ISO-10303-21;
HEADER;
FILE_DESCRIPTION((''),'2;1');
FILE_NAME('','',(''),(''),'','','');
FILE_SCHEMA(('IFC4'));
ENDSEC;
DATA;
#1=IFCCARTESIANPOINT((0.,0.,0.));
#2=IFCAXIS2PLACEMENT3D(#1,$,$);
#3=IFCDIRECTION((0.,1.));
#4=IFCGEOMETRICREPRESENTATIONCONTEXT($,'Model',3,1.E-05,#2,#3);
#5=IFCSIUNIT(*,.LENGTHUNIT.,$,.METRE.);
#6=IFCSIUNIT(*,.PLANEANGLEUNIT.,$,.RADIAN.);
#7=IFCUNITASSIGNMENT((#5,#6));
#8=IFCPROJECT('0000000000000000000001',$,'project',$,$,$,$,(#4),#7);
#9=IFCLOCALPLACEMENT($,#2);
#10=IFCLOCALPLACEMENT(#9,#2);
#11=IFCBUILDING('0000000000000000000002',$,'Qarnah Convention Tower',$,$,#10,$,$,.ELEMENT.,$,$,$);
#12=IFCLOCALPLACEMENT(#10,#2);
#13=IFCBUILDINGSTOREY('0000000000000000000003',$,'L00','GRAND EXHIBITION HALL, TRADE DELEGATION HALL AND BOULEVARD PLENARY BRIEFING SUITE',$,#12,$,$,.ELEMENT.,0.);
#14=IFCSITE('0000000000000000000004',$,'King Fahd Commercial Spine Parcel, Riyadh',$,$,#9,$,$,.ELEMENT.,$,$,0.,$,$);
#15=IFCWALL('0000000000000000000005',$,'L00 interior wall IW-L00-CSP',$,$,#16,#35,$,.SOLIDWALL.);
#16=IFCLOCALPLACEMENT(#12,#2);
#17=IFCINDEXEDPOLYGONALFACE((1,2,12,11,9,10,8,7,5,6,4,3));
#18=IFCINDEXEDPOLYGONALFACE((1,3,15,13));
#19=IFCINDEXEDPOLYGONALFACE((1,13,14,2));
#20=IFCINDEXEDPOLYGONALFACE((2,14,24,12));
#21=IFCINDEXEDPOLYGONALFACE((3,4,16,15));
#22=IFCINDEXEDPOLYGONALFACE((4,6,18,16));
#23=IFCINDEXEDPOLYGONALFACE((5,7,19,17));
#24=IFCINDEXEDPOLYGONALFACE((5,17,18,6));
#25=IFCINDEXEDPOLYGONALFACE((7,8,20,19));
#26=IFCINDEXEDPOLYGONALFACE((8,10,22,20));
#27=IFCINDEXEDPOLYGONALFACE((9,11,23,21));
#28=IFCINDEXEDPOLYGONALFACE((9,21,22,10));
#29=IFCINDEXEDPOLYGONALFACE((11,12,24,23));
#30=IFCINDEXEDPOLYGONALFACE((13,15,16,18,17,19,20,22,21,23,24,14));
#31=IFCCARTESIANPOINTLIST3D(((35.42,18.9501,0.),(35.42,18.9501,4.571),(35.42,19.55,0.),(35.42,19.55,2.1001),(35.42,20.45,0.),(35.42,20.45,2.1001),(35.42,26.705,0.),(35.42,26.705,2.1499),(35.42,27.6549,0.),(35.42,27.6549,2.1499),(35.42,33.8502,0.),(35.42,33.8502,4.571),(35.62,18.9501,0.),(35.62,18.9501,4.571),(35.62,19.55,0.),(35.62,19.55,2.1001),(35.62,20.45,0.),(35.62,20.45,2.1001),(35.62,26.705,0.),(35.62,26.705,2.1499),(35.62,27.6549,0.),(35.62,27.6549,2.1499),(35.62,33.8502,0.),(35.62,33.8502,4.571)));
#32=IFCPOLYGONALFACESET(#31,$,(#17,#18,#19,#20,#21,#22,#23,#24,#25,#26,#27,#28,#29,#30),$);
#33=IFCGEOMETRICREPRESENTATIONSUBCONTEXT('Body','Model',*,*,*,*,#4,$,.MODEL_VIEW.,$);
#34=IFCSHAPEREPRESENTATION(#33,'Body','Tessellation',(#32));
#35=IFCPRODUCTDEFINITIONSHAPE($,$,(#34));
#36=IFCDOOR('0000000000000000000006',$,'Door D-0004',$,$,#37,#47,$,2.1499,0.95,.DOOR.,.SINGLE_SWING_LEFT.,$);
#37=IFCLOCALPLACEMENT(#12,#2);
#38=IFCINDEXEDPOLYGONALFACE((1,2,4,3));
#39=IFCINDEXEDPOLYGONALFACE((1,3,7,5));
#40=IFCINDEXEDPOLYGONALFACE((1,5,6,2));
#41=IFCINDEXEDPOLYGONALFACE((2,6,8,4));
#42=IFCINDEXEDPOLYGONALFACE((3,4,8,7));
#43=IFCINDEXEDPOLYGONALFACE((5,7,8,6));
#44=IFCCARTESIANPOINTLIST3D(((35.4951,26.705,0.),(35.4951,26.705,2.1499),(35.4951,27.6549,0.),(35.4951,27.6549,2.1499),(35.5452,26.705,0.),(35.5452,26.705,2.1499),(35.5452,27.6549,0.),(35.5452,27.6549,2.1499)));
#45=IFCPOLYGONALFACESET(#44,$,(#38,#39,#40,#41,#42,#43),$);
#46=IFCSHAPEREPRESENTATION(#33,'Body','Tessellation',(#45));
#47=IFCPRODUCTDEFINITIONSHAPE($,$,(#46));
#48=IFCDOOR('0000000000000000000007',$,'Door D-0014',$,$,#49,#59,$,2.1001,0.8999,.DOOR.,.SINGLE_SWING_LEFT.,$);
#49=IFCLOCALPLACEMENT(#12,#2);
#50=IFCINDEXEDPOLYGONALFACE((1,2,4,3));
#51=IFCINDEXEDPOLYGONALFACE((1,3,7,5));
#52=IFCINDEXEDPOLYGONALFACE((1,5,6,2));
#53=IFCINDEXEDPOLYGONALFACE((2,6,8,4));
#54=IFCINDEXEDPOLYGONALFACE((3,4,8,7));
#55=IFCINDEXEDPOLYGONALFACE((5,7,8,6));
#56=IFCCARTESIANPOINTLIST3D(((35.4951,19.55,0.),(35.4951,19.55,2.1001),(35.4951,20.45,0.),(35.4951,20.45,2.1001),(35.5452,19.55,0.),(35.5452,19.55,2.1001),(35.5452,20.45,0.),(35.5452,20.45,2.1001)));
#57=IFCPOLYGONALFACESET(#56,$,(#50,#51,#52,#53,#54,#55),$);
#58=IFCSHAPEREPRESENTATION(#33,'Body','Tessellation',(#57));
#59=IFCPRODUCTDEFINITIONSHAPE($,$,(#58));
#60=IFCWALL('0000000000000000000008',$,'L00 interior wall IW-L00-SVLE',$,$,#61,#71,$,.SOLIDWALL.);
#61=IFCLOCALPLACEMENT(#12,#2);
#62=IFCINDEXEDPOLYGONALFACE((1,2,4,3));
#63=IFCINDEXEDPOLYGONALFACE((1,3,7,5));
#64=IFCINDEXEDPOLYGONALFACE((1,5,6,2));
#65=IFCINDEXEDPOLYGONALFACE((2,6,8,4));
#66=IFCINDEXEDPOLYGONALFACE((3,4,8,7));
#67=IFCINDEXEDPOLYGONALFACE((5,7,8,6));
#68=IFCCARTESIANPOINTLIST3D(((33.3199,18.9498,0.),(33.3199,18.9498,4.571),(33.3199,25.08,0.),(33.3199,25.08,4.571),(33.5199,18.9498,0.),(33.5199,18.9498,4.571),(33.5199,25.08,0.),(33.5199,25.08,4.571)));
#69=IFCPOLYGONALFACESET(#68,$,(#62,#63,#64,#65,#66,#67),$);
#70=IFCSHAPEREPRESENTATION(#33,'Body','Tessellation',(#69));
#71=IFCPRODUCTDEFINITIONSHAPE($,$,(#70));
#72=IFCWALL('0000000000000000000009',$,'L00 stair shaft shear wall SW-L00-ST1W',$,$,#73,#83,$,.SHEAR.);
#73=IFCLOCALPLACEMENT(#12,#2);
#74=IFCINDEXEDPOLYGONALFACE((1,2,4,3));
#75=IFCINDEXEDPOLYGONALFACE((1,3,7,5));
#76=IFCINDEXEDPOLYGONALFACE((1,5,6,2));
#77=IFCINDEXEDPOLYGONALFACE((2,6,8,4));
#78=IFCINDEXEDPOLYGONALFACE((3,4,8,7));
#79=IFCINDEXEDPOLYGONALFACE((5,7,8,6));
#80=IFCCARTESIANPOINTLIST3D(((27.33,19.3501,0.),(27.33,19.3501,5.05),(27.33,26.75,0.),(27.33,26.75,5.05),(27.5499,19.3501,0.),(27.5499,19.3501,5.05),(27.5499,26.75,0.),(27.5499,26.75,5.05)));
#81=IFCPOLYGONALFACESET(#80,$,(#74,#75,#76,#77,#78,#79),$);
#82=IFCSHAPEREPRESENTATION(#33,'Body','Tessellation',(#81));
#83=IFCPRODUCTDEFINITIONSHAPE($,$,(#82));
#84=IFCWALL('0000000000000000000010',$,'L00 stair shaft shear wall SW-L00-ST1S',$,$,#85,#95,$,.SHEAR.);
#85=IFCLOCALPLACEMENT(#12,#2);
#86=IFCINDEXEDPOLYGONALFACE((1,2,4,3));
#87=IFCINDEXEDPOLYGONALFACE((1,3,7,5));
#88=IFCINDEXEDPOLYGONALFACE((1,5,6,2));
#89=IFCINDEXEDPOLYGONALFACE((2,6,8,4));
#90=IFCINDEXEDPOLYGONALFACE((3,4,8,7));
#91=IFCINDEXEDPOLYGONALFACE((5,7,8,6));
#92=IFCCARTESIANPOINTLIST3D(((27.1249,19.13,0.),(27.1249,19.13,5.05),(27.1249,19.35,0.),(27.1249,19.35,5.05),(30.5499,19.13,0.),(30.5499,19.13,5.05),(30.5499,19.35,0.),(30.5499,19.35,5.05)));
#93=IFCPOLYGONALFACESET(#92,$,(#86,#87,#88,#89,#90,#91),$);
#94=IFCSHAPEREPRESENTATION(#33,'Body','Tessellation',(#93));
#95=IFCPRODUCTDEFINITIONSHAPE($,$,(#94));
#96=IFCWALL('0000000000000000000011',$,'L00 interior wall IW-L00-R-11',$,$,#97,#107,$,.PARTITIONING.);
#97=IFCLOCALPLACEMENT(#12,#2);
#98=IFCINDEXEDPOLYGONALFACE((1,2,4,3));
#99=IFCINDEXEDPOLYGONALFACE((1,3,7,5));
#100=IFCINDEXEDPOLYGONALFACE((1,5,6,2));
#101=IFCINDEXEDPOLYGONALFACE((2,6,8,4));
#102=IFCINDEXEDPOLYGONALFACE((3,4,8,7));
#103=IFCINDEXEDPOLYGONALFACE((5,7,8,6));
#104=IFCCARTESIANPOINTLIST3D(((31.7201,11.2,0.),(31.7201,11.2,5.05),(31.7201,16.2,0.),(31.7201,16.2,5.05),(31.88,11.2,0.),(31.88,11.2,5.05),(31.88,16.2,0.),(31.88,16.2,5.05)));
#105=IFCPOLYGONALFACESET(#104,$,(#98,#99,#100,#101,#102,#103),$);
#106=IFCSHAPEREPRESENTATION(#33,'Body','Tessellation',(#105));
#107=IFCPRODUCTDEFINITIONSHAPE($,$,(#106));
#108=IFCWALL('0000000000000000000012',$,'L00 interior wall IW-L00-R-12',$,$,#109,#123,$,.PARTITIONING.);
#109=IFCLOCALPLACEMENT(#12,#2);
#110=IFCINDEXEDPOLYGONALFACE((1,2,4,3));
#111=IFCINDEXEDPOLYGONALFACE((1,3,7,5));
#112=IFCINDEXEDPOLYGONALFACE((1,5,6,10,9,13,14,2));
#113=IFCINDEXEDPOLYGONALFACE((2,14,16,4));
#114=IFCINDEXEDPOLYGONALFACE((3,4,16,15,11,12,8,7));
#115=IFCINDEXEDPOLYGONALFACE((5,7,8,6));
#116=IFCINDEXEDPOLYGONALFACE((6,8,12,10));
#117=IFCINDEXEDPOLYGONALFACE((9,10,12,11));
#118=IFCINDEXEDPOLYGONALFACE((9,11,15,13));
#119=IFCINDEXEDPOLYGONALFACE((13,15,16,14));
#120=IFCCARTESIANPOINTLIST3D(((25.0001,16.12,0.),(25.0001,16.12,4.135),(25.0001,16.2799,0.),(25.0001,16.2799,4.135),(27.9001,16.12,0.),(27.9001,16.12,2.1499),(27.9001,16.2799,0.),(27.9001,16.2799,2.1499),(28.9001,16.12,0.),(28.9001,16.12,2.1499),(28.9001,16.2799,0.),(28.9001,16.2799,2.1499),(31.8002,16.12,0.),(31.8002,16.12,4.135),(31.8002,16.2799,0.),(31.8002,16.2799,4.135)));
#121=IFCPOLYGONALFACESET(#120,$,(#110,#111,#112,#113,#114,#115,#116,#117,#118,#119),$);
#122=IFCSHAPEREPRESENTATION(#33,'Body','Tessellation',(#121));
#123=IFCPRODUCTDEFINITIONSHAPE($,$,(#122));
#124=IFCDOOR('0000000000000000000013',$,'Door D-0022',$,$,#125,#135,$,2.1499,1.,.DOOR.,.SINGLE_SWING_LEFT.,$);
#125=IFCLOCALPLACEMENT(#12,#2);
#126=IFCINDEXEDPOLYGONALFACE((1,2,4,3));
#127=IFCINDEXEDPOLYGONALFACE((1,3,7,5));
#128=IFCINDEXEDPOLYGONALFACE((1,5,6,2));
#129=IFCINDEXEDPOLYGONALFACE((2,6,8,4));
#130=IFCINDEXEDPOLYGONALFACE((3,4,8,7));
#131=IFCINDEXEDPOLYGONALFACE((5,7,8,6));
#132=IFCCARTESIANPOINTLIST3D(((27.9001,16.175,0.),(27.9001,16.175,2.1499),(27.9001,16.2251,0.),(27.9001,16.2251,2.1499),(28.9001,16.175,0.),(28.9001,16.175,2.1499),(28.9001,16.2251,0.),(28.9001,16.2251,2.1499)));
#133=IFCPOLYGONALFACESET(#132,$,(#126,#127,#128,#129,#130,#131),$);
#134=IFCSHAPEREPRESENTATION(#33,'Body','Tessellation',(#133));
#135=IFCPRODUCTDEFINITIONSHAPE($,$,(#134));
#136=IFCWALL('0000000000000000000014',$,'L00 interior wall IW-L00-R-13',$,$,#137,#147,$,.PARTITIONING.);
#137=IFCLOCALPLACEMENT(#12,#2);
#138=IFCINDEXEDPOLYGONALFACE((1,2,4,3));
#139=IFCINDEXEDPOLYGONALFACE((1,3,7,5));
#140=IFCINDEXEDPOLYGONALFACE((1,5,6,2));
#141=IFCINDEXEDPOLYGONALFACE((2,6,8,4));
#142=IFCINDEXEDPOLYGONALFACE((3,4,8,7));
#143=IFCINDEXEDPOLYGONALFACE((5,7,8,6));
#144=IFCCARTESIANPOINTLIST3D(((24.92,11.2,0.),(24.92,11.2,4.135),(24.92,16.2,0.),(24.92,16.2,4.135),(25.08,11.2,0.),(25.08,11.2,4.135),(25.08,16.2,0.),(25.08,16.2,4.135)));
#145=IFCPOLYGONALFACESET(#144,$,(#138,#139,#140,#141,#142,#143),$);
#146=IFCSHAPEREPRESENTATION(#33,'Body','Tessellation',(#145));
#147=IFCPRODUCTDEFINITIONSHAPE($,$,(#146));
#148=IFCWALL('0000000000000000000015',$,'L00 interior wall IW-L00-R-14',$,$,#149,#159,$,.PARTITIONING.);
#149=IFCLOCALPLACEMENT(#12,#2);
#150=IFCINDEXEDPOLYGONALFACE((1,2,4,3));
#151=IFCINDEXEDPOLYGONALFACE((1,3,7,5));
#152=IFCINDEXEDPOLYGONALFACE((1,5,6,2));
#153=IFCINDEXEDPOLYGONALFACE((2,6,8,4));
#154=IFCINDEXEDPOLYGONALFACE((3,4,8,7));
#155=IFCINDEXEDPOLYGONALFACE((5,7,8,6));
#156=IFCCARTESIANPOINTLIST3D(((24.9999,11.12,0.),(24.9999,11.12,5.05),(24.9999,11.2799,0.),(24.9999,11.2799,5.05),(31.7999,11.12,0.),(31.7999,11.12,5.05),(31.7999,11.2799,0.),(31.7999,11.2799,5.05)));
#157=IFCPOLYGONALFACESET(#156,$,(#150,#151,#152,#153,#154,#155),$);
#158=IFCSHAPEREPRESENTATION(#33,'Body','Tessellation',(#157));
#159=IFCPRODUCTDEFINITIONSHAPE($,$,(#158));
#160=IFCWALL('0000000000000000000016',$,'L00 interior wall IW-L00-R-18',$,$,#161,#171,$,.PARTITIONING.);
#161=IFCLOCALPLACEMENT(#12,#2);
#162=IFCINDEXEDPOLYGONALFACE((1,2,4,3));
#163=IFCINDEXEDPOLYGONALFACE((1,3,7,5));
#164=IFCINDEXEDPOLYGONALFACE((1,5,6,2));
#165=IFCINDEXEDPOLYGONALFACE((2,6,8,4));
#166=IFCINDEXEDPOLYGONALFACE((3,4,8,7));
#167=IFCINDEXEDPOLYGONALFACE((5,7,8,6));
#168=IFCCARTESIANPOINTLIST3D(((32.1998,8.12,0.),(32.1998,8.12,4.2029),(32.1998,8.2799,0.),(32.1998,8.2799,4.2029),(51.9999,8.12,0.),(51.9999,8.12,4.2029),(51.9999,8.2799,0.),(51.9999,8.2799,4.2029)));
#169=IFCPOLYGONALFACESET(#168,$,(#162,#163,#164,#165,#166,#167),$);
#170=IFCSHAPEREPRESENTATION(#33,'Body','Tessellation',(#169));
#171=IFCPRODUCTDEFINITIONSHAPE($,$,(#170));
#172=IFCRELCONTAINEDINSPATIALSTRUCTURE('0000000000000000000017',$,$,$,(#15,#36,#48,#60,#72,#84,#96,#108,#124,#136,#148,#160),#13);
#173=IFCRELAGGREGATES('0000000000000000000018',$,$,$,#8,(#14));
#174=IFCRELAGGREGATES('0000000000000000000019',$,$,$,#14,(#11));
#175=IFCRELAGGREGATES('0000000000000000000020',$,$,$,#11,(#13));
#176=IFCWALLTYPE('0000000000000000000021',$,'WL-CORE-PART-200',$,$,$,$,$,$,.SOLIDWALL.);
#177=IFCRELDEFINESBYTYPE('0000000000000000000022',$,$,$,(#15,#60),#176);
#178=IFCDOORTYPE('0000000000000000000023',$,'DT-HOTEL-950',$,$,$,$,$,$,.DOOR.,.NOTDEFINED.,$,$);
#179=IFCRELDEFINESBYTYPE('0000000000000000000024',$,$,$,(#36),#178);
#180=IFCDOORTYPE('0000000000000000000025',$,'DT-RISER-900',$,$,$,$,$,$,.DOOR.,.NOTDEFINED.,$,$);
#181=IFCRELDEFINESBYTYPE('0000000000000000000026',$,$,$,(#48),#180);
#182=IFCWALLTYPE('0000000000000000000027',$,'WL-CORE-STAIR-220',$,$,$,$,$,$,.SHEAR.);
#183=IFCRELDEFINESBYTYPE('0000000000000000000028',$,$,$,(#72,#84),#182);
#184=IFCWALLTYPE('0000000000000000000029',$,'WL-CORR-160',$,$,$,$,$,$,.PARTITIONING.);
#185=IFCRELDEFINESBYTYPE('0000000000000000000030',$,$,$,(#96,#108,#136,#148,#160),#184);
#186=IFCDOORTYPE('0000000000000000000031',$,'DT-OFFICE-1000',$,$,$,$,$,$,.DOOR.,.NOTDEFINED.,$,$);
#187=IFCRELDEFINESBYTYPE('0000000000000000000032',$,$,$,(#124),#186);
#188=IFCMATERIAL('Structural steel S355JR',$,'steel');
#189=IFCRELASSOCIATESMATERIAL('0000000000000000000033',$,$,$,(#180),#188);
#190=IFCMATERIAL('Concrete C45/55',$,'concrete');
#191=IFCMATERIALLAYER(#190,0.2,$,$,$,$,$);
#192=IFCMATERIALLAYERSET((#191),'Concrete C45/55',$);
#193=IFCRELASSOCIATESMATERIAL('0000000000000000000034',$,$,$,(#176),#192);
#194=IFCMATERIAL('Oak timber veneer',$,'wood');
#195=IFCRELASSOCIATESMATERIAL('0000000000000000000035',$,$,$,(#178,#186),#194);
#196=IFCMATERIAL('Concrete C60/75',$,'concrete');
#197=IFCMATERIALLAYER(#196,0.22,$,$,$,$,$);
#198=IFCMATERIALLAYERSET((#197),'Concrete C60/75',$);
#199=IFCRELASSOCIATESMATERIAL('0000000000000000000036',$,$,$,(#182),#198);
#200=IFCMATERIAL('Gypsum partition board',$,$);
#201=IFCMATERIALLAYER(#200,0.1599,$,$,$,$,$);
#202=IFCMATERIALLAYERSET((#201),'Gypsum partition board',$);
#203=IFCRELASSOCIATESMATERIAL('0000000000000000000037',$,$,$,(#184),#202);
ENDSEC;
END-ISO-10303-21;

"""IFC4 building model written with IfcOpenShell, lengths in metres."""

from ifc_helpers import new_model, si_unit, direction, frame, frame_2d, origin, place, context, subcontext, project, spatial, rectangle, extrude, material, layer, layer_set, type_object, element, fill, save


model = new_model("IFC4")

# Units and contexts
model_context = context("Model", 3, precision=1e-05, world=origin(), true_north=direction((0.0, 1.0)))
body_context = subcontext(model_context, "Body", "Model", "MODEL_VIEW")
ifc_project = project(units=[si_unit("LENGTHUNIT", "METRE"), si_unit("PLANEANGLEUNIT", "RADIAN")], contexts=[model_context])

# Site, building, storey
site_placement = place(None, origin())
site = spatial("IfcSite", under=ifc_project, at=site_placement, Name="King Fahd Commercial Spine Parcel, Riyadh", CompositionType="ELEMENT", RefElevation=0.0)
building_placement = place(site_placement, origin())
building = spatial("IfcBuilding", under=site, at=building_placement, Name="Qarnah Convention Tower", CompositionType="ELEMENT")
storey_placement = place(building_placement, origin())
storey = spatial("IfcBuildingStorey", under=building, at=storey_placement, Name="L00", Description="GRAND EXHIBITION HALL, TRADE DELEGATION HALL AND BOULEVARD PLENARY BRIEFING SUITE", CompositionType="ELEMENT", Elevation=0.0)

# Shared definitions
ifc_material_1 = material(Name="Structural steel S355JR", Category="steel")

# Shared definitions
ifc_material_2 = material(Name="Concrete C60/75", Category="concrete")
door_type_1 = type_object("IfcDoorType", Name="DT-RISER-900", OperationType="NOTDEFINED", PredefinedType="DOOR", material=ifc_material_1)

# Wall, openings, doors
ifc_material_3 = material(Name="Concrete C45/55", Category="concrete")
ifc_layer_1 = layer(ifc_material_3, 0.2)
ifc_layer_set_1 = layer_set([ifc_layer_1], Name="Concrete C45/55")
wall_type_1 = type_object("IfcWallType", Name="WL-CORE-PART-200", PredefinedType="SOLIDWALL", material=ifc_layer_set_1)
wall_1_placement = place(storey_placement, frame((35.52, 18.95, 0.0), z_axis=(0.0, 0.0, 1.0), x_axis=(0.0, 1.0, 0.0)))
wall_1 = element("IfcWall", 1, at=wall_1_placement, inside=storey, type_object=wall_type_1, Name="L00 interior wall IW-L00-CSP", PredefinedType="SOLIDWALL", context=body_context, shape_type="SweptSolid", body=[
    extrude(rectangle(XDim=14.9001, YDim=0.2, at=frame_2d((7.4502, 0.0))), origin(), (0.0, 0.0, 1.0), 4.571),
])
opening_1_placement = place(wall_1_placement, frame((7.7549, 0.0, 0.0)))
opening_1 = element("IfcOpeningElement", 2, at=opening_1_placement, cuts=wall_1, PredefinedType="OPENING", context=body_context, shape_type="SweptSolid", body=[
    extrude(rectangle(XDim=0.95, YDim=2.1499, at=frame_2d((0.4751, 1.075))), frame((0.0, 0.1099, 0.0), z_axis=(0.0, -1.0, 0.0), x_axis=(1.0, 0.0, 0.0)), (0.0, 0.0, 1.0), 0.22),
])
opening_2_placement = place(wall_1_placement, frame((0.6001, 0.0, 0.0)))
opening_2 = element("IfcOpeningElement", 3, at=opening_2_placement, cuts=wall_1, PredefinedType="OPENING", context=body_context, shape_type="SweptSolid", body=[
    extrude(rectangle(XDim=0.8999, YDim=2.1001, at=frame_2d((0.45, 1.05))), frame((0.0, 0.1099, 0.0), z_axis=(0.0, -1.0, 0.0), x_axis=(1.0, 0.0, 0.0)), (0.0, 0.0, 1.0), 0.22),
])
ifc_material_4 = material(Name="Oak timber veneer", Category="wood")
door_type_2 = type_object("IfcDoorType", Name="DT-HOTEL-950", OperationType="NOTDEFINED", PredefinedType="DOOR", material=ifc_material_4)
door_1_placement = place(opening_1_placement, origin())
door_1 = element("IfcDoor", 4, at=door_1_placement, inside=storey, type_object=door_type_2, Name="Door D-0004", OperationType="SINGLE_SWING_LEFT", OverallHeight=2.1499, OverallWidth=0.95, PredefinedType="DOOR", context=body_context, shape_type="SweptSolid", body=[
    extrude(rectangle(XDim=0.95, YDim=2.1499, at=frame_2d((0.4751, 1.075))), frame((0.0, 0.0249, 0.0), z_axis=(0.0, -1.0, 0.0), x_axis=(1.0, 0.0, 0.0)), (0.0, 0.0, 1.0), 0.05),
])
fill(opening_1, door_1)
door_2_placement = place(opening_2_placement, origin())
door_2 = element("IfcDoor", 5, at=door_2_placement, inside=storey, type_object=door_type_1, Name="Door D-0014", OperationType="SINGLE_SWING_LEFT", OverallHeight=2.1001, OverallWidth=0.8999, PredefinedType="DOOR", context=body_context, shape_type="SweptSolid", body=[
    extrude(rectangle(XDim=0.8999, YDim=2.1001, at=frame_2d((0.45, 1.05))), frame((0.0, 0.0249, 0.0), z_axis=(0.0, -1.0, 0.0), x_axis=(1.0, 0.0, 0.0)), (0.0, 0.0, 1.0), 0.05),
])
fill(opening_2, door_2)

# Walls
wall_2_placement = place(storey_placement, frame((33.4199, 18.95, 0.0), z_axis=(0.0, 0.0, 1.0), x_axis=(0.0, 1.0, 0.0)))
element("IfcWall", 6, at=wall_2_placement, inside=storey, type_object=wall_type_1, Name="L00 interior wall IW-L00-SVLE", PredefinedType="SOLIDWALL", context=body_context, shape_type="SweptSolid", body=[
    extrude(rectangle(XDim=6.1301, YDim=0.2, at=frame_2d((3.0649, 0.0))), origin(), (0.0, 0.0, 1.0), 4.571),
])
ifc_layer_2 = layer(ifc_material_2, 0.22)
ifc_layer_set_2 = layer_set([ifc_layer_2], Name="Concrete C60/75")
wall_type_2 = type_object("IfcWallType", Name="WL-CORE-STAIR-220", PredefinedType="SHEAR", material=ifc_layer_set_2)
wall_3_placement = place(storey_placement, frame((27.4399, 19.3501, 0.0), z_axis=(0.0, 0.0, 1.0), x_axis=(0.0, 1.0, 0.0)))
element("IfcWall", 7, at=wall_3_placement, inside=storey, type_object=wall_type_2, Name="L00 stair shaft shear wall SW-L00-ST1W", PredefinedType="SHEAR", context=body_context, shape_type="SweptSolid", body=[
    extrude(rectangle(XDim=7.3999, YDim=0.22, at=frame_2d((3.7, 0.0))), origin(), (0.0, 0.0, 1.0), 5.05),
])
wall_4_placement = place(storey_placement, frame((27.125, 19.24, 0.0), z_axis=(0.0, 0.0, 1.0), x_axis=(1.0, 0.0, 0.0)))
element("IfcWall", 8, at=wall_4_placement, inside=storey, type_object=wall_type_2, Name="L00 stair shaft shear wall SW-L00-ST1S", PredefinedType="SHEAR", context=body_context, shape_type="SweptSolid", body=[
    extrude(rectangle(XDim=3.425, YDim=0.22, at=frame_2d((1.7124, 0.0))), origin(), (0.0, 0.0, 1.0), 5.05),
])
ifc_material_5 = material(Name="Gypsum partition board")
ifc_layer_3 = layer(ifc_material_5, 0.1599)
ifc_layer_set_3 = layer_set([ifc_layer_3], Name="Gypsum partition board")
wall_type_3 = type_object("IfcWallType", Name="WL-CORR-160", PredefinedType="PARTITIONING", material=ifc_layer_set_3)
wall_5_placement = place(storey_placement, frame((31.8, 11.2, 0.0), z_axis=(0.0, 0.0, 1.0), x_axis=(0.0, 1.0, 0.0)))
element("IfcWall", 9, at=wall_5_placement, inside=storey, type_object=wall_type_3, Name="L00 interior wall IW-L00-R-11", PredefinedType="PARTITIONING", context=body_context, shape_type="SweptSolid", body=[
    extrude(rectangle(XDim=5.0, YDim=0.1599, at=frame_2d((2.5, 0.0))), origin(), (0.0, 0.0, 1.0), 5.05),
])

# Wall, opening, door
wall_6_placement = place(storey_placement, frame((31.8, 16.2, 0.0), z_axis=(0.0, 0.0, 1.0), x_axis=(-1.0, 0.0, 0.0)))
wall_6 = element("IfcWall", 10, at=wall_6_placement, inside=storey, type_object=wall_type_3, Name="L00 interior wall IW-L00-R-12", PredefinedType="PARTITIONING", context=body_context, shape_type="SweptSolid", body=[
    extrude(rectangle(XDim=6.8, YDim=0.1599, at=frame_2d((3.3999, 0.0))), origin(), (0.0, 0.0, 1.0), 4.135),
])
opening_3_placement = place(wall_6_placement, frame((2.8999, 0.0, 0.0)))
opening_3 = element("IfcOpeningElement", 11, at=opening_3_placement, cuts=wall_6, PredefinedType="OPENING", context=body_context, shape_type="SweptSolid", body=[
    extrude(rectangle(XDim=1.0, YDim=2.1499, at=frame_2d((0.5, 1.075))), frame((0.0, 0.0898, 0.0), z_axis=(0.0, -1.0, 0.0), x_axis=(1.0, 0.0, 0.0)), (0.0, 0.0, 1.0), 0.1799),
])
door_type_3 = type_object("IfcDoorType", Name="DT-OFFICE-1000", OperationType="NOTDEFINED", PredefinedType="DOOR", material=ifc_material_4)
door_3_placement = place(opening_3_placement, origin())
door_3 = element("IfcDoor", 12, at=door_3_placement, inside=storey, type_object=door_type_3, Name="Door D-0022", OperationType="SINGLE_SWING_LEFT", OverallHeight=2.1499, OverallWidth=1.0, PredefinedType="DOOR", context=body_context, shape_type="SweptSolid", body=[
    extrude(rectangle(XDim=1.0, YDim=2.1499, at=frame_2d((0.5, 1.075))), frame((0.0, 0.0249, 0.0), z_axis=(0.0, -1.0, 0.0), x_axis=(1.0, 0.0, 0.0)), (0.0, 0.0, 1.0), 0.05),
])
fill(opening_3, door_3)

# Walls
wall_7_placement = place(storey_placement, frame((25.0, 16.2, 0.0), z_axis=(0.0, 0.0, 1.0), x_axis=(0.0, -1.0, 0.0)))
element("IfcWall", 13, at=wall_7_placement, inside=storey, type_object=wall_type_3, Name="L00 interior wall IW-L00-R-13", PredefinedType="PARTITIONING", context=body_context, shape_type="SweptSolid", body=[
    extrude(rectangle(XDim=5.0, YDim=0.1599, at=frame_2d((2.5, 0.0))), origin(), (0.0, 0.0, 1.0), 4.135),
])
wall_8_placement = place(storey_placement, frame((25.0, 11.2, 0.0), z_axis=(0.0, 0.0, 1.0), x_axis=(1.0, 0.0, 0.0)))
element("IfcWall", 14, at=wall_8_placement, inside=storey, type_object=wall_type_3, Name="L00 interior wall IW-L00-R-14", PredefinedType="PARTITIONING", context=body_context, shape_type="SweptSolid", body=[
    extrude(rectangle(XDim=6.8, YDim=0.1599, at=frame_2d((3.3999, 0.0))), origin(), (0.0, 0.0, 1.0), 5.05),
])
wall_9_placement = place(storey_placement, frame((32.2, 8.2, 0.0), z_axis=(0.0, 0.0, 1.0), x_axis=(1.0, 0.0, 0.0)))
element("IfcWall", 15, at=wall_9_placement, inside=storey, type_object=wall_type_3, Name="L00 interior wall IW-L00-R-18", PredefinedType="PARTITIONING", context=body_context, shape_type="SweptSolid", body=[
    extrude(rectangle(XDim=19.8, YDim=0.1599, at=frame_2d((9.8999, 0.0))), origin(), (0.0, 0.0, 1.0), 4.2029),
])

save(model, "model.ifc")
